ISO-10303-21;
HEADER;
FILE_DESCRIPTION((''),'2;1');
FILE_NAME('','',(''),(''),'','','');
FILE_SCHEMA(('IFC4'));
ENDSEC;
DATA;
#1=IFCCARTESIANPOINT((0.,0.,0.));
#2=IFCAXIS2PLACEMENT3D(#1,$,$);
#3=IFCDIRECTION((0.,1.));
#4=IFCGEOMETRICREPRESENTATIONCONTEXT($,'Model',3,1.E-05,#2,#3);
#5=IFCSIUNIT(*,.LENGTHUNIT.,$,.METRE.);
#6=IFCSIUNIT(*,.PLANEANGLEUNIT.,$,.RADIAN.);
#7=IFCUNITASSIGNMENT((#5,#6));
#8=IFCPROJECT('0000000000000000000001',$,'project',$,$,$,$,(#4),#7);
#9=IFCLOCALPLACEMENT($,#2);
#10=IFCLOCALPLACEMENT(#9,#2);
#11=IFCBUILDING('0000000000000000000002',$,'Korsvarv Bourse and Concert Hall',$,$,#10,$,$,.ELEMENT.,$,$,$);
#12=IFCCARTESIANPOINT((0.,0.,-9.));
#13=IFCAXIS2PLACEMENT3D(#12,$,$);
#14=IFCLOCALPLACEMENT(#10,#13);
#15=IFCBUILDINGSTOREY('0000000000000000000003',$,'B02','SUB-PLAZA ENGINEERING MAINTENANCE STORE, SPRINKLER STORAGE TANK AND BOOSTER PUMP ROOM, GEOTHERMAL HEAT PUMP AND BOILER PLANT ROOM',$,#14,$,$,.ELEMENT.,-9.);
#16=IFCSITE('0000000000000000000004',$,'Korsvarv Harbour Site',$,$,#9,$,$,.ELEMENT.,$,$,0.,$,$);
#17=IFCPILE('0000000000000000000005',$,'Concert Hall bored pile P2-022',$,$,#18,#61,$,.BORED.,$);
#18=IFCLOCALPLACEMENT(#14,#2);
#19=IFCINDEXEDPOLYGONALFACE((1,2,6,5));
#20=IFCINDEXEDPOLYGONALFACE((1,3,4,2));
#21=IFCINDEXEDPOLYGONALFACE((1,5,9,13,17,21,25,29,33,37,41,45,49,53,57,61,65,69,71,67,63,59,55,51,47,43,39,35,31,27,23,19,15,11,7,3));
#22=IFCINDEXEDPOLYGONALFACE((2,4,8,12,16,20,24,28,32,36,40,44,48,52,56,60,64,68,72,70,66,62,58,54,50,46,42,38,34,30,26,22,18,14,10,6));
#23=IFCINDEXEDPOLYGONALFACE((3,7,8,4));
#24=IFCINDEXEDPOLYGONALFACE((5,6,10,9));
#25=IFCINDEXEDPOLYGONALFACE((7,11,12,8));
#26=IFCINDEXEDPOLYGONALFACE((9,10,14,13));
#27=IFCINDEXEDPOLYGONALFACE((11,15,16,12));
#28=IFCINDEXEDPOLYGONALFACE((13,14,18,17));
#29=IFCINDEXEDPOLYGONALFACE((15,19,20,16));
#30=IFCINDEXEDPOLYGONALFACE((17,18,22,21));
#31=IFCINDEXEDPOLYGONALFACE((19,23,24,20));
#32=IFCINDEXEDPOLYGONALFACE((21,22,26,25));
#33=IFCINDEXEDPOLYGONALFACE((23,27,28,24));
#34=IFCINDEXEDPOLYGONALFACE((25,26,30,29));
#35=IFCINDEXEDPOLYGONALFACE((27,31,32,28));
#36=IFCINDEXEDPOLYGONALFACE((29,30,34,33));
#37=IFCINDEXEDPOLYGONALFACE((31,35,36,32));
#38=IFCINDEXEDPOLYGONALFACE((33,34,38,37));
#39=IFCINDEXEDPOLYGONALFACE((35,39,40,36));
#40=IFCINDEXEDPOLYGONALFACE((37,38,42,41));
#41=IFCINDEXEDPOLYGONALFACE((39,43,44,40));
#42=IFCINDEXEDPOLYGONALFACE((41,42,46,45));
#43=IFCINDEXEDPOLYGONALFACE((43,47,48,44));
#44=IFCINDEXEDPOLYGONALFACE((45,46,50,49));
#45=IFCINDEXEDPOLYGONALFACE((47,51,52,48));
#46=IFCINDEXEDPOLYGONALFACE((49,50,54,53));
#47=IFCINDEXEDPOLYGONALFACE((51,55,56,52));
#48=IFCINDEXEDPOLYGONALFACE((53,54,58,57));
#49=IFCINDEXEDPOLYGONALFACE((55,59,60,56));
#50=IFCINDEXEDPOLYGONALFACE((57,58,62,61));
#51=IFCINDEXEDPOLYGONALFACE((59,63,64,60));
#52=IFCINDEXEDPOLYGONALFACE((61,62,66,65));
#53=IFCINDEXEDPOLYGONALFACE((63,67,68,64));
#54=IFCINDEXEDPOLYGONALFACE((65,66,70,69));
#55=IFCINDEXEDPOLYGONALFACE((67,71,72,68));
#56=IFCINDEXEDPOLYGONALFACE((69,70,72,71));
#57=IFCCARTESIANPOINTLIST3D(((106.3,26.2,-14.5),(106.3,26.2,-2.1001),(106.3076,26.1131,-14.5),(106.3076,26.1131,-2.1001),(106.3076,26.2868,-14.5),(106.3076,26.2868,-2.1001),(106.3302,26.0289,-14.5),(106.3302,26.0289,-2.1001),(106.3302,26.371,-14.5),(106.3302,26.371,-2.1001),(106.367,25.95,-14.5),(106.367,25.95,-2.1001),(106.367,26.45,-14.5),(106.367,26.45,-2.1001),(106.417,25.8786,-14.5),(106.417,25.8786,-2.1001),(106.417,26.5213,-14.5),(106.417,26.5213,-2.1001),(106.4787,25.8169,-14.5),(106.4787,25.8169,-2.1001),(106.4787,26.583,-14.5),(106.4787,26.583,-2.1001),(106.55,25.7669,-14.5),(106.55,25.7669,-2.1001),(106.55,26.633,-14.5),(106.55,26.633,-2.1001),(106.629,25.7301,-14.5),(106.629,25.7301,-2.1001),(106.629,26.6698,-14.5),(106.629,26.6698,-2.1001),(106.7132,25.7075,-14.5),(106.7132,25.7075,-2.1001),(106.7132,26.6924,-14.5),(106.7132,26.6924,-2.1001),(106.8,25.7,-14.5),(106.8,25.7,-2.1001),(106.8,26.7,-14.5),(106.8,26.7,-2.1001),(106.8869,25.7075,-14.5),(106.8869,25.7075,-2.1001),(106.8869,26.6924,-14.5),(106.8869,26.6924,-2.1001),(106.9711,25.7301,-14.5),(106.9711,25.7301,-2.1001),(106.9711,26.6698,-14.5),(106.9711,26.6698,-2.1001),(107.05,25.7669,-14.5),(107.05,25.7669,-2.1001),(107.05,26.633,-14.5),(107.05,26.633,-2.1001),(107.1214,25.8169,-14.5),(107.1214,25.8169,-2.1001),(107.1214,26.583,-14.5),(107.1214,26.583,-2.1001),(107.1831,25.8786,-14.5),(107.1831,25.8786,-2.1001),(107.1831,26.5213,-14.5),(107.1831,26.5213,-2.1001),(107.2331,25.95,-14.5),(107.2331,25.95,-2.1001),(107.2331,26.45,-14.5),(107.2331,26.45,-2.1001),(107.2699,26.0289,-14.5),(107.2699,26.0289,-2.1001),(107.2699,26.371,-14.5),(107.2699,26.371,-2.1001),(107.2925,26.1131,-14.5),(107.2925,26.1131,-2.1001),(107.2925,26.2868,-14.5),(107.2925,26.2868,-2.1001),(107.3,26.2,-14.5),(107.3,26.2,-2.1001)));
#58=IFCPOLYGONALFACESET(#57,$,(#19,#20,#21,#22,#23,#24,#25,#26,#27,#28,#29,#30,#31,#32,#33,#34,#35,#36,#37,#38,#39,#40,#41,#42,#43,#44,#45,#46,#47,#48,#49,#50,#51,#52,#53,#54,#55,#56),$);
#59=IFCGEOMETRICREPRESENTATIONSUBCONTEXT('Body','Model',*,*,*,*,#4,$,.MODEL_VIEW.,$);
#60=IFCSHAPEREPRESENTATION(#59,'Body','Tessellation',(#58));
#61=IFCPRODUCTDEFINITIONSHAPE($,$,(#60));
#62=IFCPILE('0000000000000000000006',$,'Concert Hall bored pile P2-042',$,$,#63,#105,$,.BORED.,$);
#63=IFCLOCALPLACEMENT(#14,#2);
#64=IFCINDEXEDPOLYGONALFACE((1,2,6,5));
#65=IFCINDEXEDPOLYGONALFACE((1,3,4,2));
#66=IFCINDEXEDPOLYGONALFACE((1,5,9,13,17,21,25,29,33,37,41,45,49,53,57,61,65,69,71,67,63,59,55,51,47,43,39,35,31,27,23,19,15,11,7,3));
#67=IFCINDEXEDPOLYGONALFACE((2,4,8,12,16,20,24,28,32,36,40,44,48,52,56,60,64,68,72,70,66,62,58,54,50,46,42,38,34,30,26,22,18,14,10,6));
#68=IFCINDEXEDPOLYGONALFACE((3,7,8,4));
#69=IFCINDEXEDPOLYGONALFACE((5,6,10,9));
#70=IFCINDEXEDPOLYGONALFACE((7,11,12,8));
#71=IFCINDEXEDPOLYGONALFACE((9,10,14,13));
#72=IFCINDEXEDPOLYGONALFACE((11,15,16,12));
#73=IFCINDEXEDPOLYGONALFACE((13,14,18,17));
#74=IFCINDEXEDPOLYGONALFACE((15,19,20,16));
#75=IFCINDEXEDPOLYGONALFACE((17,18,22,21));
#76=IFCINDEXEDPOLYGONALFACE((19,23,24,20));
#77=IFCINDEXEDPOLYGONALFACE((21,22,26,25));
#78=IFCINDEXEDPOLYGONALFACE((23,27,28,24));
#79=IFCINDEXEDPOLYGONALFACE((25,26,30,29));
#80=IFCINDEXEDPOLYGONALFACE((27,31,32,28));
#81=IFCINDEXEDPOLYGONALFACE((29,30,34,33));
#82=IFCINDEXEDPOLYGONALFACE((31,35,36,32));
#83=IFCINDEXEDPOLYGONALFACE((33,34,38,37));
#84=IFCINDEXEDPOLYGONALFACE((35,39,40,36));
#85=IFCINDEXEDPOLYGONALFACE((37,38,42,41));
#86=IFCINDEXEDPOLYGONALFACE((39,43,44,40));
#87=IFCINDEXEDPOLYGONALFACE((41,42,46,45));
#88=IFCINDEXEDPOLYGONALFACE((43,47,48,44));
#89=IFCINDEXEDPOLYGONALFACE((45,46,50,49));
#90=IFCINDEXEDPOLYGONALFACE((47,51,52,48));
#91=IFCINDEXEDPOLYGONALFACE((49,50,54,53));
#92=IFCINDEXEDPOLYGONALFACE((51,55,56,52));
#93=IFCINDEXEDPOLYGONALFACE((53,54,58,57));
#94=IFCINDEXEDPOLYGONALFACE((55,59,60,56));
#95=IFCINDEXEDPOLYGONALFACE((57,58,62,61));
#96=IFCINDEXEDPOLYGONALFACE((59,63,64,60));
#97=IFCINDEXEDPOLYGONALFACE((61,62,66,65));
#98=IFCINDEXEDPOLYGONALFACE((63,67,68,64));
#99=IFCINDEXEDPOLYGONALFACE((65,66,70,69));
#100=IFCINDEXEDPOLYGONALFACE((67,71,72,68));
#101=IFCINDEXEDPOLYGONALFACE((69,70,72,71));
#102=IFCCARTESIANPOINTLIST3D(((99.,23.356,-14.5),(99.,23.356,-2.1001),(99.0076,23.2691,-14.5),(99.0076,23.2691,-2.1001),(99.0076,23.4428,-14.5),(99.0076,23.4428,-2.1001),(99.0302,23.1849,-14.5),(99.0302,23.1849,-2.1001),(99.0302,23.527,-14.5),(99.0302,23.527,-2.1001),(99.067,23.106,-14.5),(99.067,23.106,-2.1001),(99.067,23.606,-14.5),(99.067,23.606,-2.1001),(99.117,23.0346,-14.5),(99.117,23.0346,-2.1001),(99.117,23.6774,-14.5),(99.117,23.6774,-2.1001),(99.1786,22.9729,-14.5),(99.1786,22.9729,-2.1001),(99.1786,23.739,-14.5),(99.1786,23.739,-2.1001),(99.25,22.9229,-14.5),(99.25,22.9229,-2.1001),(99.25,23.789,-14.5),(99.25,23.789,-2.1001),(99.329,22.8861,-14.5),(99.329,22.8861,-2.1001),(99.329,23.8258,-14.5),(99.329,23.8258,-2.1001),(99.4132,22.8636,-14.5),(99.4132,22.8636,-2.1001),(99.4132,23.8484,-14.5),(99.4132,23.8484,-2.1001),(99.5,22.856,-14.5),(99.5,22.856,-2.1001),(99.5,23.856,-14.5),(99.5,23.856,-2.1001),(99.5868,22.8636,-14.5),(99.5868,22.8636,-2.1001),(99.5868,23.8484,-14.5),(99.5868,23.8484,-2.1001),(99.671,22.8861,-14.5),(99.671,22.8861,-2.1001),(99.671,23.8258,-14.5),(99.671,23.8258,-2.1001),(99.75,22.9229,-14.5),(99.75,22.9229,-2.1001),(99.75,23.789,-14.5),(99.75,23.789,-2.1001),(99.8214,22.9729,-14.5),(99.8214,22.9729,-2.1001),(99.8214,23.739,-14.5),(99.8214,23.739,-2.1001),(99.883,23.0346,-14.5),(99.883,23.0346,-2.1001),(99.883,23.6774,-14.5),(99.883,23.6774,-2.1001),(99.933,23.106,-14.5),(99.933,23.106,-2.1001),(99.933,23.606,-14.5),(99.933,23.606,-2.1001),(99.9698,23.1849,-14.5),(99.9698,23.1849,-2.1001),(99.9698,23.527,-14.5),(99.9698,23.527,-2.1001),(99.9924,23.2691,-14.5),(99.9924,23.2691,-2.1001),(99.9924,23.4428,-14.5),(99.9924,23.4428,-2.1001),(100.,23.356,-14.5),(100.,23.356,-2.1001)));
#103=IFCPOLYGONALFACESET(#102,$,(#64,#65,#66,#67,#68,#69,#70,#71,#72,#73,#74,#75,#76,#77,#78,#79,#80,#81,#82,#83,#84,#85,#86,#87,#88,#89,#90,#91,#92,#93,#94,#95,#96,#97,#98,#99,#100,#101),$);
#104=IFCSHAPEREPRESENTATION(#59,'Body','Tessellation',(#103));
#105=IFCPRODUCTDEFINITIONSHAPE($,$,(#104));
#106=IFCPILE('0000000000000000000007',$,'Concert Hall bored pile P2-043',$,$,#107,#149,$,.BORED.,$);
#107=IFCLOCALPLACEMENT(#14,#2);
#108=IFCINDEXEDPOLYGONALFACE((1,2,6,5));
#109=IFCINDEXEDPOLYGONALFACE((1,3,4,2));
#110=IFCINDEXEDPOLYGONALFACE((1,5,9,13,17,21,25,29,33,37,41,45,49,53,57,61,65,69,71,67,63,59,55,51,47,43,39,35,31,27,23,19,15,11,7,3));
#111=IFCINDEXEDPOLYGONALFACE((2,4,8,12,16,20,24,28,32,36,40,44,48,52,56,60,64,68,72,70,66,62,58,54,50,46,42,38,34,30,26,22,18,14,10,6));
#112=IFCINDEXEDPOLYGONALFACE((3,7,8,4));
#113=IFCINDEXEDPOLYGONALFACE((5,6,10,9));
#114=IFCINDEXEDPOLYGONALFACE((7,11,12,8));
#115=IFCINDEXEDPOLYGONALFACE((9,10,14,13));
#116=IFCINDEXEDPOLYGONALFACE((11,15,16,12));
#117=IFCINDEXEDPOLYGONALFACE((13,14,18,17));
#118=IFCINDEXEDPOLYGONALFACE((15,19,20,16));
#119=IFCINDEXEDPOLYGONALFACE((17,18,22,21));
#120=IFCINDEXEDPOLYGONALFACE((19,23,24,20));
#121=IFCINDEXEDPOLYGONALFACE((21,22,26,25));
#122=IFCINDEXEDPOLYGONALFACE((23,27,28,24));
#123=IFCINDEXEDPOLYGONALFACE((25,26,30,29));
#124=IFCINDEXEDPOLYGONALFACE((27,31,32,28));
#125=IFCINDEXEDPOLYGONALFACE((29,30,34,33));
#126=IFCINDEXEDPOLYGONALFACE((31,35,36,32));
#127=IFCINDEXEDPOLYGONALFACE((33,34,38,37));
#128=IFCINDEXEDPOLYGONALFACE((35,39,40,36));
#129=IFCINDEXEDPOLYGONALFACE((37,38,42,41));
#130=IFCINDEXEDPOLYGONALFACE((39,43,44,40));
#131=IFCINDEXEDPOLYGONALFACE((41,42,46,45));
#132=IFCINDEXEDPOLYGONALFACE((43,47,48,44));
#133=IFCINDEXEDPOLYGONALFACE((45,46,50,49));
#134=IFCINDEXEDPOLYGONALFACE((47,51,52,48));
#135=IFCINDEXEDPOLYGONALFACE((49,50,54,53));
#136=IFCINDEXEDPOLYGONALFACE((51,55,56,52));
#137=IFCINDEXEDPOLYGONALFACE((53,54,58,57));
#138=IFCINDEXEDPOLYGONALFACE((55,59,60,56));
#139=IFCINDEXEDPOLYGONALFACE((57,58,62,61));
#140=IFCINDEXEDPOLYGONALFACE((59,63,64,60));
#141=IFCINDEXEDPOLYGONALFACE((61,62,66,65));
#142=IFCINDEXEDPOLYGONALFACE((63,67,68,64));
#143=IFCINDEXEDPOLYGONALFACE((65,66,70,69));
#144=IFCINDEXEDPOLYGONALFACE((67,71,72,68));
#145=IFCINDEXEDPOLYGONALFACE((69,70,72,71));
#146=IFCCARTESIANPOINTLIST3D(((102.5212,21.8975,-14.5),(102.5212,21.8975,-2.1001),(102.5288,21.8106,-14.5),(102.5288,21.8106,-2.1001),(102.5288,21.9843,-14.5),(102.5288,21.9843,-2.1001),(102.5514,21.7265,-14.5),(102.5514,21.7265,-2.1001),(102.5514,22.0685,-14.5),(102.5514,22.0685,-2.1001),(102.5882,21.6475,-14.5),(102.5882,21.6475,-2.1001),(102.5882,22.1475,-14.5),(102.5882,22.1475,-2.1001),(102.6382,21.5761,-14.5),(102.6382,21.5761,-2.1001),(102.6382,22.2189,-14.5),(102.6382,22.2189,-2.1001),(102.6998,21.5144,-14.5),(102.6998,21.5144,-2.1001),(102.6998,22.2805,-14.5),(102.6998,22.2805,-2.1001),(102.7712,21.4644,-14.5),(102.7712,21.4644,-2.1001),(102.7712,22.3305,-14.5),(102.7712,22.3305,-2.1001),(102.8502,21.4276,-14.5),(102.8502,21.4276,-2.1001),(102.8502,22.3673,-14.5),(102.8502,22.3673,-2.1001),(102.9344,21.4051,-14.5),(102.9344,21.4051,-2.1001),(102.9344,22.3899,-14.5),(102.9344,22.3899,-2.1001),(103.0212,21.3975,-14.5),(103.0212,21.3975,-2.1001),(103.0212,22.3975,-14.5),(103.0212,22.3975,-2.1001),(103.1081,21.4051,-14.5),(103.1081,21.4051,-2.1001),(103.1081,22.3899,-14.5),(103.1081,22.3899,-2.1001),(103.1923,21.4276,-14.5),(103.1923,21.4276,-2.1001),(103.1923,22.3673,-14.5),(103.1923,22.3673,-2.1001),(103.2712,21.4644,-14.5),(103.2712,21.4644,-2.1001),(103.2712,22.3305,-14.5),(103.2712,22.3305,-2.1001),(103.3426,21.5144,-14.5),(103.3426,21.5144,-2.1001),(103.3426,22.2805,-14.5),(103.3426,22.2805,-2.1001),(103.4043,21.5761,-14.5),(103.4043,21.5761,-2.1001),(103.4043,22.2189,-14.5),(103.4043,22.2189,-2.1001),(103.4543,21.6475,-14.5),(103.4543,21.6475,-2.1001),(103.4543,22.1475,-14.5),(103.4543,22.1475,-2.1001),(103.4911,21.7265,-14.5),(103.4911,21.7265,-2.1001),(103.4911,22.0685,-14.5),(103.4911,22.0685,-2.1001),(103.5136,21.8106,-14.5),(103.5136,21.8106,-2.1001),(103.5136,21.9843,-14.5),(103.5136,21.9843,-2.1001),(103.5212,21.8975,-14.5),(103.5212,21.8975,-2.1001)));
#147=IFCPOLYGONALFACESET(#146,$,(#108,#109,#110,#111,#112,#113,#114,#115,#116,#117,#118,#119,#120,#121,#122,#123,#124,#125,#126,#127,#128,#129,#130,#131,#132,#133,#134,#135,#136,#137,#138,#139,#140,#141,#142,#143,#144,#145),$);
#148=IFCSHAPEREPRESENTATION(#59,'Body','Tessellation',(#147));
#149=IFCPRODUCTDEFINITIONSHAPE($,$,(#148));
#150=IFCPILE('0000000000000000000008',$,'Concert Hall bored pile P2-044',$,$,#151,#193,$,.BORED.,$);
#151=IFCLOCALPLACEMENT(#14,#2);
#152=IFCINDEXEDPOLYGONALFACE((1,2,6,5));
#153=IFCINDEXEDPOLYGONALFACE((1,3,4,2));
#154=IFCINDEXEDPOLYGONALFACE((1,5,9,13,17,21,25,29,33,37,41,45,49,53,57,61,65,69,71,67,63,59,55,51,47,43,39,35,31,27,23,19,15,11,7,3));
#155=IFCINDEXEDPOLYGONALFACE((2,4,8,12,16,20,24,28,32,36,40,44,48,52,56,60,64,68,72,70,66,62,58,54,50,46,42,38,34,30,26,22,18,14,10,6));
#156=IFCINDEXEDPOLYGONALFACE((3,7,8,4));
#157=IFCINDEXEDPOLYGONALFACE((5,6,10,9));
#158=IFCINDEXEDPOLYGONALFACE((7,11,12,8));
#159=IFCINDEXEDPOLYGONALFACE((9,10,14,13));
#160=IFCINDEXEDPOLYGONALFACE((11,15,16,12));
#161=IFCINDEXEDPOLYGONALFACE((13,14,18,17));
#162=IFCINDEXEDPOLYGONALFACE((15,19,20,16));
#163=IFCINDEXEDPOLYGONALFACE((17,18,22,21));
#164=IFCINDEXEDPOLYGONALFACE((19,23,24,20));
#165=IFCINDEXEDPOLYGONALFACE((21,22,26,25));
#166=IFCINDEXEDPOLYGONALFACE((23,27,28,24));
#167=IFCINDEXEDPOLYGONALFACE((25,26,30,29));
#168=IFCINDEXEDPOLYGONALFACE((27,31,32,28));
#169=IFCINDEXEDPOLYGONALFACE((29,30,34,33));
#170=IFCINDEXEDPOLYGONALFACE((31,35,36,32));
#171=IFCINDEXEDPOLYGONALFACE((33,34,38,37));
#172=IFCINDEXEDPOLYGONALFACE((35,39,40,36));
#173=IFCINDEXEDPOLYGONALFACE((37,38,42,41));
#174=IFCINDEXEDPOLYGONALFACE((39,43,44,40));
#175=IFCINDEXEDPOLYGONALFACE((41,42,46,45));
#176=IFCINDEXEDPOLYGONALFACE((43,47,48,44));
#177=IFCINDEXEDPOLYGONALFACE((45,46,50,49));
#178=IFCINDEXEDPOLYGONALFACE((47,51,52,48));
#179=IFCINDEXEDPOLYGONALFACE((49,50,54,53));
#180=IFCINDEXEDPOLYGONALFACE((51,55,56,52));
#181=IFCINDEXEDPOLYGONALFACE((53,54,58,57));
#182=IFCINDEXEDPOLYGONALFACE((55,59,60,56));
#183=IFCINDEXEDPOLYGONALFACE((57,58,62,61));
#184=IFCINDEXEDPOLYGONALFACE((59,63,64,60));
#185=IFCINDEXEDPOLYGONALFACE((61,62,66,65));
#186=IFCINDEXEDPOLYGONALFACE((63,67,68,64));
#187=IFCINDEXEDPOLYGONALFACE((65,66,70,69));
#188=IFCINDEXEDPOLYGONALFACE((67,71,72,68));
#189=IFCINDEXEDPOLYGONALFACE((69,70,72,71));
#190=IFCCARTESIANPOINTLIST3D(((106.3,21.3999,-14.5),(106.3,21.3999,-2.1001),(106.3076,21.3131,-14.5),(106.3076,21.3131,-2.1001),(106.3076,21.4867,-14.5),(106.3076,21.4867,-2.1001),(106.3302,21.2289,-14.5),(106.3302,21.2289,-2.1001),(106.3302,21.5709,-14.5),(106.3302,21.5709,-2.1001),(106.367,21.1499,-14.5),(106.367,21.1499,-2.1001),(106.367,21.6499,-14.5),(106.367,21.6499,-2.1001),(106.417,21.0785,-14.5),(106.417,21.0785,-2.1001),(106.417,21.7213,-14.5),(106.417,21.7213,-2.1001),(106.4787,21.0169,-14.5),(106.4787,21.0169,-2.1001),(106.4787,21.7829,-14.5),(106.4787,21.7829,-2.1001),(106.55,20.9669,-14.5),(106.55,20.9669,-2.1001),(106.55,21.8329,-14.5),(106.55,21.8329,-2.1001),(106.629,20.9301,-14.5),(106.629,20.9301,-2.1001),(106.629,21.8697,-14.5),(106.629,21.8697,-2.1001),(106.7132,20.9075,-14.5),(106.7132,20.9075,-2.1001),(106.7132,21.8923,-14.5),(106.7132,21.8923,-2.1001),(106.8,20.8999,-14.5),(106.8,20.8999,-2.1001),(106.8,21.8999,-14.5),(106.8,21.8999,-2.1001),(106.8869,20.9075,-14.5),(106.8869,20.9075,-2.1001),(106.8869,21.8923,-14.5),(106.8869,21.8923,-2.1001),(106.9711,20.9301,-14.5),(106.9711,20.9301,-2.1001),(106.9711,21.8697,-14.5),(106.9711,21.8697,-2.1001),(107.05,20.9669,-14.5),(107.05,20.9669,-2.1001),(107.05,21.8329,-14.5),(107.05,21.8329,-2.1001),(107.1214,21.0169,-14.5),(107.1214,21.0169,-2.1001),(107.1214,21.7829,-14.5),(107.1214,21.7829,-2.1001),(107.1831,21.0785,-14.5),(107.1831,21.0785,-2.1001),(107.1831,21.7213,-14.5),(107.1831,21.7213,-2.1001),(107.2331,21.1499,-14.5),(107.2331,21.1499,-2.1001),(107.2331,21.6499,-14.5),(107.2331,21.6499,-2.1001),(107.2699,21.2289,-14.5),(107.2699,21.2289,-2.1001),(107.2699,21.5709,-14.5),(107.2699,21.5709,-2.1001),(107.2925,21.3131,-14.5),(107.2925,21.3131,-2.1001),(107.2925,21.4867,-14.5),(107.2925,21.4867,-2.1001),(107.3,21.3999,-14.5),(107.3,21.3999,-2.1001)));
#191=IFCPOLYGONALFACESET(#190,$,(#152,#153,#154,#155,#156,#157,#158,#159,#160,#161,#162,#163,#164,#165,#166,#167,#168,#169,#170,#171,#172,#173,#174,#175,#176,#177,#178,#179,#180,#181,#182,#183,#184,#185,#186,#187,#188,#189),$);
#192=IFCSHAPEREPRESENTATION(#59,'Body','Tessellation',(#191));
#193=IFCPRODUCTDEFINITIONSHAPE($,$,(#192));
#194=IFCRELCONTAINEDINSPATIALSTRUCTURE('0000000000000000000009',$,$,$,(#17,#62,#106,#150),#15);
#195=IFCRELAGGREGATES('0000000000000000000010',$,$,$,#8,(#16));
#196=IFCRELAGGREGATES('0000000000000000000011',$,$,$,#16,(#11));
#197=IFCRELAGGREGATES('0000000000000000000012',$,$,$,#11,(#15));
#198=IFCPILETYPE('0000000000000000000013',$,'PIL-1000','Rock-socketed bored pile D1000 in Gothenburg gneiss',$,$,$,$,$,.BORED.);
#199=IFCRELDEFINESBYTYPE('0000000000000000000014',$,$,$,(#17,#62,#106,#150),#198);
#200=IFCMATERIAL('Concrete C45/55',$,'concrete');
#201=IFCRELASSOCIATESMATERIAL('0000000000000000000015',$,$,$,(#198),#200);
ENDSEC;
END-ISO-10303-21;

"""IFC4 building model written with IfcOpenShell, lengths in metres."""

from ifc_helpers import new_model, si_unit, direction, frame, origin, origin_2d, place, context, subcontext, project, spatial, circle, extrude, source, transform, mapped, material, material_profile, profile_set, type_object, element, save


model = new_model("IFC4")

# Units and contexts
model_context = context("Model", 3, precision=1e-05, world=origin(), true_north=direction((0.0, 1.0)))
body_context = subcontext(model_context, "Body", "Model", "MODEL_VIEW")
ifc_project = project(units=[si_unit("LENGTHUNIT", "METRE"), si_unit("PLANEANGLEUNIT", "RADIAN")], contexts=[model_context])

# Site, building, storey
site_placement = place(None, origin())
site = spatial("IfcSite", under=ifc_project, at=site_placement, Name="Korsvarv Harbour Site", CompositionType="ELEMENT", RefElevation=0.0)
building_placement = place(site_placement, origin())
building = spatial("IfcBuilding", under=site, at=building_placement, Name="Korsvarv Bourse and Concert Hall", CompositionType="ELEMENT")
storey_placement = place(building_placement, frame((0.0, 0.0, -9.0)))
storey = spatial("IfcBuildingStorey", under=building, at=storey_placement, Name="B02", Description="SUB-PLAZA ENGINEERING MAINTENANCE STORE, SPRINKLER STORAGE TANK AND BOOSTER PUMP ROOM, GEOTHERMAL HEAT PUMP AND BOILER PLANT ROOM", CompositionType="ELEMENT", Elevation=-9.0)

# Piles
ifc_material_1 = material(Name="Concrete C45/55", Category="concrete")
ifc_material_profile_1 = material_profile(ifc_material_1, circle(Radius=0.5, at=origin_2d()), Name="PILE D1000")
ifc_profile_set_1 = profile_set([ifc_material_profile_1], Name="Concrete C45/55")
pile_type = type_object("IfcPileType", Name="PIL-1000", Description="Rock-socketed bored pile D1000 in Gothenburg gneiss", PredefinedType="BORED", material=ifc_profile_set_1)
shared_shape_1 = source(origin(), body_context, "Body", "SweptSolid", [
    extrude(circle(Radius=0.5, at=origin_2d()), origin(), (0.0, 0.0, 1.0), 12.3999),
])
for number, where, z_axis, x_axis, name in (
    (1, (106.8, 26.2, -2.1001), (0.0, 0.0, -1.0), (1.0, 0.0, 0.0), "Concert Hall bored pile P2-022"),
    (2, (99.5, 23.356, -2.1001), (0.0, 0.0, -1.0), (1.0, 0.0, 0.0), "Concert Hall bored pile P2-042"),
    (3, (103.0212, 21.8975, -2.1001), (0.0, 0.0, -1.0), (1.0, 0.0, 0.0), "Concert Hall bored pile P2-043"),
    (4, (106.8, 21.3999, -2.1001), (0.0, 0.0, -1.0), (1.0, 0.0, 0.0), "Concert Hall bored pile P2-044"),
):
    element("IfcPile", number, at=place(storey_placement, frame(where, z_axis=z_axis, x_axis=x_axis)), inside=storey, type_object=pile_type, Name=name, PredefinedType="BORED", context=body_context, shape_type="MappedRepresentation", body=[
        mapped(shared_shape_1, transform((0.0, 0.0, 0.0), scale=1.0)),
    ])

save(model, "model.ifc")
